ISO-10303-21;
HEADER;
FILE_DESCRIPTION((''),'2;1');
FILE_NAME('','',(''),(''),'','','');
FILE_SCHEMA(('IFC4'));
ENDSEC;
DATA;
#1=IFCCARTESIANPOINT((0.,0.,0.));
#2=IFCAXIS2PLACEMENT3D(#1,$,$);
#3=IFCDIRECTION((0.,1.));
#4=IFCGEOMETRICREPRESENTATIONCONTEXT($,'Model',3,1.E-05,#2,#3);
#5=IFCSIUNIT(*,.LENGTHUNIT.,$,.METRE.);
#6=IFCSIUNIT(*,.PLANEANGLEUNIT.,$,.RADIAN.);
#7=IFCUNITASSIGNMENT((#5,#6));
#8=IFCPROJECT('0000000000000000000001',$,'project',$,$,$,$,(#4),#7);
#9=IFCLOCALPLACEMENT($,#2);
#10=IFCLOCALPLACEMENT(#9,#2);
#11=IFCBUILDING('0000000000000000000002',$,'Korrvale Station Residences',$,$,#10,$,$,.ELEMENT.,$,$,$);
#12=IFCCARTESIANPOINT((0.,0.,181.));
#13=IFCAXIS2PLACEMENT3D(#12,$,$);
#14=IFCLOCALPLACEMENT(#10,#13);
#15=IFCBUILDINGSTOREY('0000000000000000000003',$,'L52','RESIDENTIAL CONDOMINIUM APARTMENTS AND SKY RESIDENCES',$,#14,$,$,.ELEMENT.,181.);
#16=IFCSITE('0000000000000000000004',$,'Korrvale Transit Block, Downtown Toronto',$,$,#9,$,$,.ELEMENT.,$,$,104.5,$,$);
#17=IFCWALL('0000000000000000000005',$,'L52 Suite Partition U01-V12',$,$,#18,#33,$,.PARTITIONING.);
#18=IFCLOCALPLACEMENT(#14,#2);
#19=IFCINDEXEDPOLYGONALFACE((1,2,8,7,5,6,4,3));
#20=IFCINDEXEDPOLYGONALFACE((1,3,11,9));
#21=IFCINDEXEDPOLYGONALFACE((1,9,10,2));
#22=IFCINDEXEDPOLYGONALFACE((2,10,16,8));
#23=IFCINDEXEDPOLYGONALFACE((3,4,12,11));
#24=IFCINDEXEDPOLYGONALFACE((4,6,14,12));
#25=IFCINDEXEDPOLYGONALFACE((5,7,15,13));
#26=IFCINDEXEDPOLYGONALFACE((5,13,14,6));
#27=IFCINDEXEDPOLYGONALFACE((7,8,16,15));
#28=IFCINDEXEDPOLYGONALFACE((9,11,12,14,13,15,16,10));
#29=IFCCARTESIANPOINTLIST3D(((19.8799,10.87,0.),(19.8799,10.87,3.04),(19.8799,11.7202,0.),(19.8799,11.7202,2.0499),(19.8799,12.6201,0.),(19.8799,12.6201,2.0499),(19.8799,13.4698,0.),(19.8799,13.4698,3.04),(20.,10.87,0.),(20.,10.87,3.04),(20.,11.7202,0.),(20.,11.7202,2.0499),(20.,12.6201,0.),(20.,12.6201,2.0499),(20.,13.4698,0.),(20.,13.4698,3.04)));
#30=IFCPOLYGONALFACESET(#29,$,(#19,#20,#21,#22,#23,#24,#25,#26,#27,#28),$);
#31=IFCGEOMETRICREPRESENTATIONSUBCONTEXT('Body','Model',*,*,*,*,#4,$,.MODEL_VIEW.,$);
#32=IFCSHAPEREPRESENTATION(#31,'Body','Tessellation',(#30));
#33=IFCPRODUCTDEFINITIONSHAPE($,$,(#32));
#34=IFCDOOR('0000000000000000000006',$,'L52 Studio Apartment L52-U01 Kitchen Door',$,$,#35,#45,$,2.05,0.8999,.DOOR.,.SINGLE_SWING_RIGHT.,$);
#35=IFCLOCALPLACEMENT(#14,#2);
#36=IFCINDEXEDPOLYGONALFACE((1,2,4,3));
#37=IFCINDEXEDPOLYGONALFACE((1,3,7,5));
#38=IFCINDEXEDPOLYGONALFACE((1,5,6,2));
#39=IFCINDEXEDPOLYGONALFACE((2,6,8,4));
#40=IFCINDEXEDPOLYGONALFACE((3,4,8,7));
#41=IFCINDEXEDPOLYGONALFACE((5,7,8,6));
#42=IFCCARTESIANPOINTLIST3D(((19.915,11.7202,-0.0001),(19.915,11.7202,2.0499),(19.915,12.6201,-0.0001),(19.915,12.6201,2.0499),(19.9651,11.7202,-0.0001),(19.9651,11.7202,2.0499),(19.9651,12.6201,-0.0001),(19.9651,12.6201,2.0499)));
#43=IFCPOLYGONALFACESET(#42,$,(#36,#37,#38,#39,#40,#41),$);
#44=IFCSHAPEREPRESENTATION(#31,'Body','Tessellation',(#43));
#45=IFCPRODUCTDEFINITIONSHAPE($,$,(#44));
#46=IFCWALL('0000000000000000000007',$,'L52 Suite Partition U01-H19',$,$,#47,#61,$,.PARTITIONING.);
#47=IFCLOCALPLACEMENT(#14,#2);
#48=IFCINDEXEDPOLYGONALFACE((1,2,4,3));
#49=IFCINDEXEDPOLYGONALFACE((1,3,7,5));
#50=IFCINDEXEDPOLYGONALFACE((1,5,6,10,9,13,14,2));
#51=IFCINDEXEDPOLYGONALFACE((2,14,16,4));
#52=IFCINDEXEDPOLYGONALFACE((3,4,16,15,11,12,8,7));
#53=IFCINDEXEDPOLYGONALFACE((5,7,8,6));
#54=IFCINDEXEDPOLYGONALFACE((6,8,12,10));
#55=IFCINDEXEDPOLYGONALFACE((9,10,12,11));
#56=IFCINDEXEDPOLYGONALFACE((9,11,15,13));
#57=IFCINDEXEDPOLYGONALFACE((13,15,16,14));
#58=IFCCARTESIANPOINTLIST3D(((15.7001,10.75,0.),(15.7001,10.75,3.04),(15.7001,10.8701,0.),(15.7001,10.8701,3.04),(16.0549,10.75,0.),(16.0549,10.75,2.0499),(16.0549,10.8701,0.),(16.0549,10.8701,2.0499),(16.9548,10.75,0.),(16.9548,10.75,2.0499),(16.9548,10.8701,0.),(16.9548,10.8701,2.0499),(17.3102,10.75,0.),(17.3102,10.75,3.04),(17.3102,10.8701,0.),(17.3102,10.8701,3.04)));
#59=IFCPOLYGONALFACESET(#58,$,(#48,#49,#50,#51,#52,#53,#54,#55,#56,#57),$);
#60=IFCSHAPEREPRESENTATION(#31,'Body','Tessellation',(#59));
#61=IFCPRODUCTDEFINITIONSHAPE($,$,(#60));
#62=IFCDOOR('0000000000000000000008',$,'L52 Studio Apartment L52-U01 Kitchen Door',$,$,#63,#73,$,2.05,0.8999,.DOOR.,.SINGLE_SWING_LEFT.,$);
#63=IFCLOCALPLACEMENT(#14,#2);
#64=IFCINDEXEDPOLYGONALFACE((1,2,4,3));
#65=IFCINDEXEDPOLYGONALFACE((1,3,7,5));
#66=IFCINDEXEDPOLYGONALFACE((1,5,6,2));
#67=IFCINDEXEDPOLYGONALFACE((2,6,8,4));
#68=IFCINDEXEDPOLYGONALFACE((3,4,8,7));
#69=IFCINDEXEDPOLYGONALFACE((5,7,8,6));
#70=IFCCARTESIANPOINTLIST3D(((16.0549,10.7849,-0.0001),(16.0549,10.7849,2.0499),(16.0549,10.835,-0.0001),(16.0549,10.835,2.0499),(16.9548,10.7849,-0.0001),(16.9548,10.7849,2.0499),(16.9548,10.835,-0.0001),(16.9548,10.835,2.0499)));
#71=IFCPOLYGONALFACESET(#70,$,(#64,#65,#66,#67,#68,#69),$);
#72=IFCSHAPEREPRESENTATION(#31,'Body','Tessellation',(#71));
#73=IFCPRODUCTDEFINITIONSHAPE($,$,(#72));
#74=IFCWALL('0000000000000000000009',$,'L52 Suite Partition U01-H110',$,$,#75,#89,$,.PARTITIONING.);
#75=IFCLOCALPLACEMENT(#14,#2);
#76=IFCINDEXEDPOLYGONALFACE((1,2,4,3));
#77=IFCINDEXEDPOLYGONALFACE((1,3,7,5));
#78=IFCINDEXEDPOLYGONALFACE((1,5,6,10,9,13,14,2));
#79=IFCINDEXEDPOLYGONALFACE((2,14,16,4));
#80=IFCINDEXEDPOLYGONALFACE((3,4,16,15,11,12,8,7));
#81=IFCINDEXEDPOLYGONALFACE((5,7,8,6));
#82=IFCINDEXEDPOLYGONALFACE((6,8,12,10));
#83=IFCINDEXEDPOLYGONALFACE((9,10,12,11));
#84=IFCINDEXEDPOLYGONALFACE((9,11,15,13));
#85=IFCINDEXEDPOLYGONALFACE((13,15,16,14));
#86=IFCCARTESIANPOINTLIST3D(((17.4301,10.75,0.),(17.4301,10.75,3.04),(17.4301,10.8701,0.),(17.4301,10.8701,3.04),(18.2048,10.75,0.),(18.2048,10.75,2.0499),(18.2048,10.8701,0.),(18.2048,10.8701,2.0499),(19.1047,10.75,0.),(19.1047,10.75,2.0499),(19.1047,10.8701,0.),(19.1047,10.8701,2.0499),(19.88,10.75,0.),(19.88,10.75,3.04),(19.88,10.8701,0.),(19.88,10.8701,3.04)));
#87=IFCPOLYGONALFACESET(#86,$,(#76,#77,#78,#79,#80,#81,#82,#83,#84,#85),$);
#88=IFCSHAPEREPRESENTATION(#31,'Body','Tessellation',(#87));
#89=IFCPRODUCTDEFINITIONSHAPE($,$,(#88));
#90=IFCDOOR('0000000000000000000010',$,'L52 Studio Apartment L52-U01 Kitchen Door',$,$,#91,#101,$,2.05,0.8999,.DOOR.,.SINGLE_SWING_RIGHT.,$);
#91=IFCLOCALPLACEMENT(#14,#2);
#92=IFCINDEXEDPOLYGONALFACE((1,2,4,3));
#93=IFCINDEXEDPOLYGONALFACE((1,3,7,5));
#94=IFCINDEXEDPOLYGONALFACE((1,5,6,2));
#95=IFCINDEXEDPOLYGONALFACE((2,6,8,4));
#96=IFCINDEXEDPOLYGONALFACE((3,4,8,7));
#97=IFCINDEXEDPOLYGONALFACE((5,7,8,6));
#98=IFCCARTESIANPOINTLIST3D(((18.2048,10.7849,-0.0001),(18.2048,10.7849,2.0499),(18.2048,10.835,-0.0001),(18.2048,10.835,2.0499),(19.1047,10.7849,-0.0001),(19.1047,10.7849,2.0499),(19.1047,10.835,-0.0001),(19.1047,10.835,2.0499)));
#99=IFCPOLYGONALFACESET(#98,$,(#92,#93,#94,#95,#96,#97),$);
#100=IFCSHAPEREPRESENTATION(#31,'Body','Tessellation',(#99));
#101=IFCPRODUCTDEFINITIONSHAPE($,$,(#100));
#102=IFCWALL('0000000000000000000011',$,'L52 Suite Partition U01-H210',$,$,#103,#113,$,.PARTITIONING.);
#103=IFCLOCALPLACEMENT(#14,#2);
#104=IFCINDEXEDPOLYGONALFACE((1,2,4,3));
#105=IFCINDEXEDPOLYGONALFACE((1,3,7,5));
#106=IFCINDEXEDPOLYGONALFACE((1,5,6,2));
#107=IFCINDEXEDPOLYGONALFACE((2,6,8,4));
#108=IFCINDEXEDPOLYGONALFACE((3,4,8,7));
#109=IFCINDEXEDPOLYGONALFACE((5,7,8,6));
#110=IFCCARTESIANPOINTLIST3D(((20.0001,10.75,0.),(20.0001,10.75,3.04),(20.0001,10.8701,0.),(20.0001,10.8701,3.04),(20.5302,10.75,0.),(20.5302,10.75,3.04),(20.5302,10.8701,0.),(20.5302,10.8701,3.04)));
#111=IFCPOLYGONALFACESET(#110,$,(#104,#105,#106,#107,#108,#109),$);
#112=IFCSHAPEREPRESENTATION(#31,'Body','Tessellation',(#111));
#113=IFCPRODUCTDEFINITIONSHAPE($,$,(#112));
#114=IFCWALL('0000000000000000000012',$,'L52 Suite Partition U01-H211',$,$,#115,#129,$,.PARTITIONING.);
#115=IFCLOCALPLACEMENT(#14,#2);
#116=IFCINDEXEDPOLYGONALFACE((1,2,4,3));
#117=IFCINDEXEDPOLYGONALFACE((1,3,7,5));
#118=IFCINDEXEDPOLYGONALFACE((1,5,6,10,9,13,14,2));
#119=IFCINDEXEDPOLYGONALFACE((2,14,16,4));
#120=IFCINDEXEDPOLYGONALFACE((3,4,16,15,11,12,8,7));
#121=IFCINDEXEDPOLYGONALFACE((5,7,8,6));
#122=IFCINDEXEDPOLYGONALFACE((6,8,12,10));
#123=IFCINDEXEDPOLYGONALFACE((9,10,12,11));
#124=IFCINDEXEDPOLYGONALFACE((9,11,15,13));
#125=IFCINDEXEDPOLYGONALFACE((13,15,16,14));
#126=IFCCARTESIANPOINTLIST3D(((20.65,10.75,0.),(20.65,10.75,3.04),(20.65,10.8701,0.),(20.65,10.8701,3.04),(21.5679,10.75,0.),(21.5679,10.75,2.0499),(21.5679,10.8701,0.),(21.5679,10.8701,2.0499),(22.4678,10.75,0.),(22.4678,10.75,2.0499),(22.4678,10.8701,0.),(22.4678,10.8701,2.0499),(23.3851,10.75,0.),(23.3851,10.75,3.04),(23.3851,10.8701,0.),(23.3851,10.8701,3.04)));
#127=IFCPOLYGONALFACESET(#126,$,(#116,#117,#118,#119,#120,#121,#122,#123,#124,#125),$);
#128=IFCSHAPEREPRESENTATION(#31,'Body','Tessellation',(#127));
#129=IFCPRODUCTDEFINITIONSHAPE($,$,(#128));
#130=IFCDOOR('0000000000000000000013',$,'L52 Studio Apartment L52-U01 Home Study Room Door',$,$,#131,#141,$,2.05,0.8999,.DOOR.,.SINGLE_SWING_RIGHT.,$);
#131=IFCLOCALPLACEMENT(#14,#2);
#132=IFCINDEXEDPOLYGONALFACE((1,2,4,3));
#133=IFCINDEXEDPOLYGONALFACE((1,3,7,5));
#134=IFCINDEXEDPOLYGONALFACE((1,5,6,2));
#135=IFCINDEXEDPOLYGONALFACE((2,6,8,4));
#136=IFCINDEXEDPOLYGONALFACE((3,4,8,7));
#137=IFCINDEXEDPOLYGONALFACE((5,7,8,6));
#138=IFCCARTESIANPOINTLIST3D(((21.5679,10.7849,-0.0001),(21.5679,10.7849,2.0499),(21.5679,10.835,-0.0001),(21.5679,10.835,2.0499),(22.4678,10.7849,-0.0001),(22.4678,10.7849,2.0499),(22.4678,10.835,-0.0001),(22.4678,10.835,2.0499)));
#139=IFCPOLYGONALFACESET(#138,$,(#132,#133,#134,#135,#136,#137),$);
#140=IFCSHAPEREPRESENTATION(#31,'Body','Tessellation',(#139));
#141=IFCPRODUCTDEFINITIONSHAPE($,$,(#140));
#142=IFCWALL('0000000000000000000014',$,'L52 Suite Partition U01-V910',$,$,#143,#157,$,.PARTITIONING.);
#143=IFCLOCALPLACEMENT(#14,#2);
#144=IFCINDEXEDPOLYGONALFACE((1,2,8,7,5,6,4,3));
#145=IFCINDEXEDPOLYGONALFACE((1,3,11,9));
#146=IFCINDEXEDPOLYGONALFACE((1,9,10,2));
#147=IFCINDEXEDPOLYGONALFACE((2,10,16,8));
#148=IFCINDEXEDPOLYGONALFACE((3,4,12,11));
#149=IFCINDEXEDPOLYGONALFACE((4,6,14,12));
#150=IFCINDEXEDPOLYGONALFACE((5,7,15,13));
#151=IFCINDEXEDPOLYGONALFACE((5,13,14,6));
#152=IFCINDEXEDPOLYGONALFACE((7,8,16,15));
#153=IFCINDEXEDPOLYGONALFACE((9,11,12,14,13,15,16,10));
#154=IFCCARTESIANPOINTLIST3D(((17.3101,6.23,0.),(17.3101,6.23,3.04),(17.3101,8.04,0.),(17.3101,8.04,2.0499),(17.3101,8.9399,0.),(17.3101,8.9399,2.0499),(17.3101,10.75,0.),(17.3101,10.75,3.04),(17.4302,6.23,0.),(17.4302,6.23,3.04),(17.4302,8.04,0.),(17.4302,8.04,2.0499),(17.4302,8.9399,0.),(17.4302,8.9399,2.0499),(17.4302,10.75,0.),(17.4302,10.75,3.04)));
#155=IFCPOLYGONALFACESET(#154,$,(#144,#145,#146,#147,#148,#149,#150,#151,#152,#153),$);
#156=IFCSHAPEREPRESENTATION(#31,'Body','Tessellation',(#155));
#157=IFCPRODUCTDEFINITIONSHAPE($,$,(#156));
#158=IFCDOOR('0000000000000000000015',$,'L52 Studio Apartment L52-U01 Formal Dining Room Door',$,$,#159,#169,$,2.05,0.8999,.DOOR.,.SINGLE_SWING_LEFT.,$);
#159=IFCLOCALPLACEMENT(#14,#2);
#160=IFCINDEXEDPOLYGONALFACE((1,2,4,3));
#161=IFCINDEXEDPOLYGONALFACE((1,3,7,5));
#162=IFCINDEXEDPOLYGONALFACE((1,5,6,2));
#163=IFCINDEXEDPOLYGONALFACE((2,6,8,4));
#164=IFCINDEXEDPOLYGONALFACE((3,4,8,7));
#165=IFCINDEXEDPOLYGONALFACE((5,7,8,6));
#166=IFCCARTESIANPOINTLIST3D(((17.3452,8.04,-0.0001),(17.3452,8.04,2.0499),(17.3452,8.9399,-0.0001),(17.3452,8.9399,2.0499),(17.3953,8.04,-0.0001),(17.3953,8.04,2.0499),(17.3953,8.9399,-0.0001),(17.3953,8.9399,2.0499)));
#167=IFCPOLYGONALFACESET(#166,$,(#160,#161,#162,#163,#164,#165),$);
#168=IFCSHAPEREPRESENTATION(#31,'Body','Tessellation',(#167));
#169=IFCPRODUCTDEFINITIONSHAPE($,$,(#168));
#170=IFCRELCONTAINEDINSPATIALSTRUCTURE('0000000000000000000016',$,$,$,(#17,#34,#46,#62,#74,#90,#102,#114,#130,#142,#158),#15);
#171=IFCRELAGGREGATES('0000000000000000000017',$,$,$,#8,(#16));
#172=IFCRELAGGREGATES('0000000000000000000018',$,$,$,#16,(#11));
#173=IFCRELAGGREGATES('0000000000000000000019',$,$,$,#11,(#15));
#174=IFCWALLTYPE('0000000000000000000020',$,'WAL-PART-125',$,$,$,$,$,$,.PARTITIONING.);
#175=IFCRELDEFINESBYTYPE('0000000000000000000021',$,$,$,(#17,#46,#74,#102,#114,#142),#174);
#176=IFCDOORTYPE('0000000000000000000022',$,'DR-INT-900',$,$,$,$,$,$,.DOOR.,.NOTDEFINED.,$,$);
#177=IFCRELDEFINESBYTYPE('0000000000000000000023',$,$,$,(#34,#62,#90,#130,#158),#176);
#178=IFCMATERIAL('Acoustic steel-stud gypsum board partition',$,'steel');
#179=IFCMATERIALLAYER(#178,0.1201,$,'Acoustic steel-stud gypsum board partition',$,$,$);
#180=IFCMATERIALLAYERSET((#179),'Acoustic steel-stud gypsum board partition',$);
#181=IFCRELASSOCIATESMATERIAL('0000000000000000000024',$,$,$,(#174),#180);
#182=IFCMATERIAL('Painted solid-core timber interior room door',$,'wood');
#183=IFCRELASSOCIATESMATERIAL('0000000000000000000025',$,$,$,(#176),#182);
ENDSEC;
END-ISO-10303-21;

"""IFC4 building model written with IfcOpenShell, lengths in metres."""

from ifc_helpers import new_model, si_unit, direction, frame, frame_2d, origin, place, context, subcontext, project, spatial, rectangle, extrude, material, layer, layer_set, type_object, element, fill, save


model = new_model("IFC4")

# Units and contexts
model_context = context("Model", 3, precision=1e-05, world=origin(), true_north=direction((0.0, 1.0)))
body_context = subcontext(model_context, "Body", "Model", "MODEL_VIEW")
ifc_project = project(units=[si_unit("LENGTHUNIT", "METRE"), si_unit("PLANEANGLEUNIT", "RADIAN")], contexts=[model_context])

# Site, building, storey
site_placement = place(None, origin())
site = spatial("IfcSite", under=ifc_project, at=site_placement, Name="Korrvale Transit Block, Downtown Toronto", CompositionType="ELEMENT", RefElevation=104.5)
building_placement = place(site_placement, origin())
building = spatial("IfcBuilding", under=site, at=building_placement, Name="Korrvale Station Residences", CompositionType="ELEMENT")
storey_placement = place(building_placement, frame((0.0, 0.0, 181.0)))
storey = spatial("IfcBuildingStorey", under=building, at=storey_placement, Name="L52", Description="RESIDENTIAL CONDOMINIUM APARTMENTS AND SKY RESIDENCES", CompositionType="ELEMENT", Elevation=181.0)

# Shared definitions
ifc_material_1 = material(Name="Acoustic steel-stud gypsum board partition", Category="steel")
ifc_layer_1 = layer(ifc_material_1, 0.1201, Name="Acoustic steel-stud gypsum board partition")
ifc_layer_set_1 = layer_set([ifc_layer_1], Name="Acoustic steel-stud gypsum board partition")
wall_type_1 = type_object("IfcWallType", Name="WAL-PART-125", PredefinedType="PARTITIONING", material=ifc_layer_set_1)

# Walls, openings, doors
wall_1_placement = place(storey_placement, frame((19.9399, 10.8701, 0.0), z_axis=(0.0, 0.0, 1.0), x_axis=(0.0, 1.0, 0.0)))
wall_1 = element("IfcWall", 1, at=wall_1_placement, inside=storey, type_object=wall_type_1, Name="L52 Suite Partition U01-V12", PredefinedType="PARTITIONING", context=body_context, shape_type="SweptSolid", body=[
    extrude(rectangle(XDim=2.5999, YDim=0.1201, at=frame_2d((1.2998, 0.0))), origin(), (0.0, 0.0, 1.0), 3.04),
])
opening_1_placement = place(wall_1_placement, frame((0.8501, 0.0, 0.0)))
opening_1 = element("IfcOpeningElement", 2, at=opening_1_placement, cuts=wall_1, PredefinedType="OPENING", context=body_context, shape_type="SweptSolid", body=[
    extrude(rectangle(XDim=0.8999, YDim=2.05, at=frame_2d((0.45, 1.0249))), frame((0.0, 0.0701, 0.0), z_axis=(0.0, -1.0, 0.0), x_axis=(1.0, 0.0, 0.0)), (0.0, 0.0, 1.0), 0.1401),
])
ifc_material_2 = material(Name="Painted solid-core timber interior room door", Category="wood")
door_type_1 = type_object("IfcDoorType", Name="DR-INT-900", OperationType="NOTDEFINED", PredefinedType="DOOR", material=ifc_material_2)
door_1_placement = place(opening_1_placement, origin())
door_1 = element("IfcDoor", 3, at=door_1_placement, inside=storey, type_object=door_type_1, Name="L52 Studio Apartment L52-U01 Kitchen Door", OperationType="SINGLE_SWING_RIGHT", OverallHeight=2.05, OverallWidth=0.8999, PredefinedType="DOOR", context=body_context, shape_type="SweptSolid", body=[
    extrude(rectangle(XDim=0.8999, YDim=2.05, at=frame_2d((0.45, 1.0249))), frame((0.0, 0.0249, 0.0), z_axis=(0.0, -1.0, 0.0), x_axis=(1.0, 0.0, 0.0)), (0.0, 0.0, 1.0), 0.05),
])
fill(opening_1, door_1)
wall_2_placement = place(storey_placement, frame((15.7, 10.8101, 0.0), z_axis=(0.0, 0.0, 1.0), x_axis=(1.0, 0.0, 0.0)))
wall_2 = element("IfcWall", 4, at=wall_2_placement, inside=storey, type_object=wall_type_1, Name="L52 Suite Partition U01-H19", PredefinedType="PARTITIONING", context=body_context, shape_type="SweptSolid", body=[
    extrude(rectangle(XDim=1.6101, YDim=0.1201, at=frame_2d((0.8052, 0.0))), origin(), (0.0, 0.0, 1.0), 3.04),
])
opening_2_placement = place(wall_2_placement, frame((0.355, 0.0, 0.0)))
opening_2 = element("IfcOpeningElement", 5, at=opening_2_placement, cuts=wall_2, PredefinedType="OPENING", context=body_context, shape_type="SweptSolid", body=[
    extrude(rectangle(XDim=0.8999, YDim=2.05, at=frame_2d((0.45, 1.0249))), frame((0.0, 0.0701, 0.0), z_axis=(0.0, -1.0, 0.0), x_axis=(1.0, 0.0, 0.0)), (0.0, 0.0, 1.0), 0.1401),
])
door_2_placement = place(opening_2_placement, origin())
door_2 = element("IfcDoor", 6, at=door_2_placement, inside=storey, type_object=door_type_1, Name="L52 Studio Apartment L52-U01 Kitchen Door", OperationType="SINGLE_SWING_LEFT", OverallHeight=2.05, OverallWidth=0.8999, PredefinedType="DOOR", context=body_context, shape_type="SweptSolid", body=[
    extrude(rectangle(XDim=0.8999, YDim=2.05, at=frame_2d((0.45, 1.0249))), frame((0.0, 0.0249, 0.0), z_axis=(0.0, -1.0, 0.0), x_axis=(1.0, 0.0, 0.0)), (0.0, 0.0, 1.0), 0.05),
])
fill(opening_2, door_2)
wall_3_placement = place(storey_placement, frame((17.4299, 10.8101, 0.0), z_axis=(0.0, 0.0, 1.0), x_axis=(1.0, 0.0, 0.0)))
wall_3 = element("IfcWall", 7, at=wall_3_placement, inside=storey, type_object=wall_type_1, Name="L52 Suite Partition U01-H110", PredefinedType="PARTITIONING", context=body_context, shape_type="SweptSolid", body=[
    extrude(rectangle(XDim=2.45, YDim=0.1201, at=frame_2d((1.2251, 0.0))), origin(), (0.0, 0.0, 1.0), 3.04),
])
opening_3_placement = place(wall_3_placement, frame((0.7749, 0.0, 0.0)))
opening_3 = element("IfcOpeningElement", 8, at=opening_3_placement, cuts=wall_3, PredefinedType="OPENING", context=body_context, shape_type="SweptSolid", body=[
    extrude(rectangle(XDim=0.8999, YDim=2.05, at=frame_2d((0.45, 1.0249))), frame((0.0, 0.0701, 0.0), z_axis=(0.0, -1.0, 0.0), x_axis=(1.0, 0.0, 0.0)), (0.0, 0.0, 1.0), 0.1401),
])
door_3_placement = place(opening_3_placement, origin())
door_3 = element("IfcDoor", 9, at=door_3_placement, inside=storey, type_object=door_type_1, Name="L52 Studio Apartment L52-U01 Kitchen Door", OperationType="SINGLE_SWING_RIGHT", OverallHeight=2.05, OverallWidth=0.8999, PredefinedType="DOOR", context=body_context, shape_type="SweptSolid", body=[
    extrude(rectangle(XDim=0.8999, YDim=2.05, at=frame_2d((0.45, 1.0249))), frame((0.0, 0.0249, 0.0), z_axis=(0.0, -1.0, 0.0), x_axis=(1.0, 0.0, 0.0)), (0.0, 0.0, 1.0), 0.05),
])
fill(opening_3, door_3)

# Wall
wall_4_placement = place(storey_placement, frame((20.0, 10.8101, 0.0), z_axis=(0.0, 0.0, 1.0), x_axis=(1.0, 0.0, 0.0)))
element("IfcWall", 10, at=wall_4_placement, inside=storey, type_object=wall_type_1, Name="L52 Suite Partition U01-H210", PredefinedType="PARTITIONING", context=body_context, shape_type="SweptSolid", body=[
    extrude(rectangle(XDim=0.53, YDim=0.1201, at=frame_2d((0.2651, 0.0))), origin(), (0.0, 0.0, 1.0), 3.04),
])

# Walls, openings, doors
wall_5_placement = place(storey_placement, frame((20.6499, 10.8101, 0.0), z_axis=(0.0, 0.0, 1.0), x_axis=(1.0, 0.0, 0.0)))
wall_5 = element("IfcWall", 11, at=wall_5_placement, inside=storey, type_object=wall_type_1, Name="L52 Suite Partition U01-H211", PredefinedType="PARTITIONING", context=body_context, shape_type="SweptSolid", body=[
    extrude(rectangle(XDim=2.7351, YDim=0.1201, at=frame_2d((1.3677, 0.0))), origin(), (0.0, 0.0, 1.0), 3.04),
])
opening_4_placement = place(wall_5_placement, frame((0.918, 0.0, 0.0)))
opening_4 = element("IfcOpeningElement", 12, at=opening_4_placement, cuts=wall_5, PredefinedType="OPENING", context=body_context, shape_type="SweptSolid", body=[
    extrude(rectangle(XDim=0.8999, YDim=2.05, at=frame_2d((0.45, 1.0249))), frame((0.0, 0.0701, 0.0), z_axis=(0.0, -1.0, 0.0), x_axis=(1.0, 0.0, 0.0)), (0.0, 0.0, 1.0), 0.1401),
])
door_4_placement = place(opening_4_placement, origin())
door_4 = element("IfcDoor", 13, at=door_4_placement, inside=storey, type_object=door_type_1, Name="L52 Studio Apartment L52-U01 Home Study Room Door", OperationType="SINGLE_SWING_RIGHT", OverallHeight=2.05, OverallWidth=0.8999, PredefinedType="DOOR", context=body_context, shape_type="SweptSolid", body=[
    extrude(rectangle(XDim=0.8999, YDim=2.05, at=frame_2d((0.45, 1.0249))), frame((0.0, 0.0249, 0.0), z_axis=(0.0, -1.0, 0.0), x_axis=(1.0, 0.0, 0.0)), (0.0, 0.0, 1.0), 0.05),
])
fill(opening_4, door_4)
wall_6_placement = place(storey_placement, frame((17.3701, 6.23, 0.0), z_axis=(0.0, 0.0, 1.0), x_axis=(0.0, 1.0, 0.0)))
wall_6 = element("IfcWall", 14, at=wall_6_placement, inside=storey, type_object=wall_type_1, Name="L52 Suite Partition U01-V910", PredefinedType="PARTITIONING", context=body_context, shape_type="SweptSolid", body=[
    extrude(rectangle(XDim=4.52, YDim=0.1201, at=frame_2d((2.26, 0.0))), origin(), (0.0, 0.0, 1.0), 3.04),
])
opening_5_placement = place(wall_6_placement, frame((1.8101, 0.0, 0.0)))
opening_5 = element("IfcOpeningElement", 15, at=opening_5_placement, cuts=wall_6, PredefinedType="OPENING", context=body_context, shape_type="SweptSolid", body=[
    extrude(rectangle(XDim=0.8999, YDim=2.05, at=frame_2d((0.45, 1.0249))), frame((0.0, 0.0701, 0.0), z_axis=(0.0, -1.0, 0.0), x_axis=(1.0, 0.0, 0.0)), (0.0, 0.0, 1.0), 0.1401),
])
door_5_placement = place(opening_5_placement, origin())
door_5 = element("IfcDoor", 16, at=door_5_placement, inside=storey, type_object=door_type_1, Name="L52 Studio Apartment L52-U01 Formal Dining Room Door", OperationType="SINGLE_SWING_LEFT", OverallHeight=2.05, OverallWidth=0.8999, PredefinedType="DOOR", context=body_context, shape_type="SweptSolid", body=[
    extrude(rectangle(XDim=0.8999, YDim=2.05, at=frame_2d((0.45, 1.0249))), frame((0.0, 0.0249, 0.0), z_axis=(0.0, -1.0, 0.0), x_axis=(1.0, 0.0, 0.0)), (0.0, 0.0, 1.0), 0.05),
])
fill(opening_5, door_5)

save(model, "model.ifc")
